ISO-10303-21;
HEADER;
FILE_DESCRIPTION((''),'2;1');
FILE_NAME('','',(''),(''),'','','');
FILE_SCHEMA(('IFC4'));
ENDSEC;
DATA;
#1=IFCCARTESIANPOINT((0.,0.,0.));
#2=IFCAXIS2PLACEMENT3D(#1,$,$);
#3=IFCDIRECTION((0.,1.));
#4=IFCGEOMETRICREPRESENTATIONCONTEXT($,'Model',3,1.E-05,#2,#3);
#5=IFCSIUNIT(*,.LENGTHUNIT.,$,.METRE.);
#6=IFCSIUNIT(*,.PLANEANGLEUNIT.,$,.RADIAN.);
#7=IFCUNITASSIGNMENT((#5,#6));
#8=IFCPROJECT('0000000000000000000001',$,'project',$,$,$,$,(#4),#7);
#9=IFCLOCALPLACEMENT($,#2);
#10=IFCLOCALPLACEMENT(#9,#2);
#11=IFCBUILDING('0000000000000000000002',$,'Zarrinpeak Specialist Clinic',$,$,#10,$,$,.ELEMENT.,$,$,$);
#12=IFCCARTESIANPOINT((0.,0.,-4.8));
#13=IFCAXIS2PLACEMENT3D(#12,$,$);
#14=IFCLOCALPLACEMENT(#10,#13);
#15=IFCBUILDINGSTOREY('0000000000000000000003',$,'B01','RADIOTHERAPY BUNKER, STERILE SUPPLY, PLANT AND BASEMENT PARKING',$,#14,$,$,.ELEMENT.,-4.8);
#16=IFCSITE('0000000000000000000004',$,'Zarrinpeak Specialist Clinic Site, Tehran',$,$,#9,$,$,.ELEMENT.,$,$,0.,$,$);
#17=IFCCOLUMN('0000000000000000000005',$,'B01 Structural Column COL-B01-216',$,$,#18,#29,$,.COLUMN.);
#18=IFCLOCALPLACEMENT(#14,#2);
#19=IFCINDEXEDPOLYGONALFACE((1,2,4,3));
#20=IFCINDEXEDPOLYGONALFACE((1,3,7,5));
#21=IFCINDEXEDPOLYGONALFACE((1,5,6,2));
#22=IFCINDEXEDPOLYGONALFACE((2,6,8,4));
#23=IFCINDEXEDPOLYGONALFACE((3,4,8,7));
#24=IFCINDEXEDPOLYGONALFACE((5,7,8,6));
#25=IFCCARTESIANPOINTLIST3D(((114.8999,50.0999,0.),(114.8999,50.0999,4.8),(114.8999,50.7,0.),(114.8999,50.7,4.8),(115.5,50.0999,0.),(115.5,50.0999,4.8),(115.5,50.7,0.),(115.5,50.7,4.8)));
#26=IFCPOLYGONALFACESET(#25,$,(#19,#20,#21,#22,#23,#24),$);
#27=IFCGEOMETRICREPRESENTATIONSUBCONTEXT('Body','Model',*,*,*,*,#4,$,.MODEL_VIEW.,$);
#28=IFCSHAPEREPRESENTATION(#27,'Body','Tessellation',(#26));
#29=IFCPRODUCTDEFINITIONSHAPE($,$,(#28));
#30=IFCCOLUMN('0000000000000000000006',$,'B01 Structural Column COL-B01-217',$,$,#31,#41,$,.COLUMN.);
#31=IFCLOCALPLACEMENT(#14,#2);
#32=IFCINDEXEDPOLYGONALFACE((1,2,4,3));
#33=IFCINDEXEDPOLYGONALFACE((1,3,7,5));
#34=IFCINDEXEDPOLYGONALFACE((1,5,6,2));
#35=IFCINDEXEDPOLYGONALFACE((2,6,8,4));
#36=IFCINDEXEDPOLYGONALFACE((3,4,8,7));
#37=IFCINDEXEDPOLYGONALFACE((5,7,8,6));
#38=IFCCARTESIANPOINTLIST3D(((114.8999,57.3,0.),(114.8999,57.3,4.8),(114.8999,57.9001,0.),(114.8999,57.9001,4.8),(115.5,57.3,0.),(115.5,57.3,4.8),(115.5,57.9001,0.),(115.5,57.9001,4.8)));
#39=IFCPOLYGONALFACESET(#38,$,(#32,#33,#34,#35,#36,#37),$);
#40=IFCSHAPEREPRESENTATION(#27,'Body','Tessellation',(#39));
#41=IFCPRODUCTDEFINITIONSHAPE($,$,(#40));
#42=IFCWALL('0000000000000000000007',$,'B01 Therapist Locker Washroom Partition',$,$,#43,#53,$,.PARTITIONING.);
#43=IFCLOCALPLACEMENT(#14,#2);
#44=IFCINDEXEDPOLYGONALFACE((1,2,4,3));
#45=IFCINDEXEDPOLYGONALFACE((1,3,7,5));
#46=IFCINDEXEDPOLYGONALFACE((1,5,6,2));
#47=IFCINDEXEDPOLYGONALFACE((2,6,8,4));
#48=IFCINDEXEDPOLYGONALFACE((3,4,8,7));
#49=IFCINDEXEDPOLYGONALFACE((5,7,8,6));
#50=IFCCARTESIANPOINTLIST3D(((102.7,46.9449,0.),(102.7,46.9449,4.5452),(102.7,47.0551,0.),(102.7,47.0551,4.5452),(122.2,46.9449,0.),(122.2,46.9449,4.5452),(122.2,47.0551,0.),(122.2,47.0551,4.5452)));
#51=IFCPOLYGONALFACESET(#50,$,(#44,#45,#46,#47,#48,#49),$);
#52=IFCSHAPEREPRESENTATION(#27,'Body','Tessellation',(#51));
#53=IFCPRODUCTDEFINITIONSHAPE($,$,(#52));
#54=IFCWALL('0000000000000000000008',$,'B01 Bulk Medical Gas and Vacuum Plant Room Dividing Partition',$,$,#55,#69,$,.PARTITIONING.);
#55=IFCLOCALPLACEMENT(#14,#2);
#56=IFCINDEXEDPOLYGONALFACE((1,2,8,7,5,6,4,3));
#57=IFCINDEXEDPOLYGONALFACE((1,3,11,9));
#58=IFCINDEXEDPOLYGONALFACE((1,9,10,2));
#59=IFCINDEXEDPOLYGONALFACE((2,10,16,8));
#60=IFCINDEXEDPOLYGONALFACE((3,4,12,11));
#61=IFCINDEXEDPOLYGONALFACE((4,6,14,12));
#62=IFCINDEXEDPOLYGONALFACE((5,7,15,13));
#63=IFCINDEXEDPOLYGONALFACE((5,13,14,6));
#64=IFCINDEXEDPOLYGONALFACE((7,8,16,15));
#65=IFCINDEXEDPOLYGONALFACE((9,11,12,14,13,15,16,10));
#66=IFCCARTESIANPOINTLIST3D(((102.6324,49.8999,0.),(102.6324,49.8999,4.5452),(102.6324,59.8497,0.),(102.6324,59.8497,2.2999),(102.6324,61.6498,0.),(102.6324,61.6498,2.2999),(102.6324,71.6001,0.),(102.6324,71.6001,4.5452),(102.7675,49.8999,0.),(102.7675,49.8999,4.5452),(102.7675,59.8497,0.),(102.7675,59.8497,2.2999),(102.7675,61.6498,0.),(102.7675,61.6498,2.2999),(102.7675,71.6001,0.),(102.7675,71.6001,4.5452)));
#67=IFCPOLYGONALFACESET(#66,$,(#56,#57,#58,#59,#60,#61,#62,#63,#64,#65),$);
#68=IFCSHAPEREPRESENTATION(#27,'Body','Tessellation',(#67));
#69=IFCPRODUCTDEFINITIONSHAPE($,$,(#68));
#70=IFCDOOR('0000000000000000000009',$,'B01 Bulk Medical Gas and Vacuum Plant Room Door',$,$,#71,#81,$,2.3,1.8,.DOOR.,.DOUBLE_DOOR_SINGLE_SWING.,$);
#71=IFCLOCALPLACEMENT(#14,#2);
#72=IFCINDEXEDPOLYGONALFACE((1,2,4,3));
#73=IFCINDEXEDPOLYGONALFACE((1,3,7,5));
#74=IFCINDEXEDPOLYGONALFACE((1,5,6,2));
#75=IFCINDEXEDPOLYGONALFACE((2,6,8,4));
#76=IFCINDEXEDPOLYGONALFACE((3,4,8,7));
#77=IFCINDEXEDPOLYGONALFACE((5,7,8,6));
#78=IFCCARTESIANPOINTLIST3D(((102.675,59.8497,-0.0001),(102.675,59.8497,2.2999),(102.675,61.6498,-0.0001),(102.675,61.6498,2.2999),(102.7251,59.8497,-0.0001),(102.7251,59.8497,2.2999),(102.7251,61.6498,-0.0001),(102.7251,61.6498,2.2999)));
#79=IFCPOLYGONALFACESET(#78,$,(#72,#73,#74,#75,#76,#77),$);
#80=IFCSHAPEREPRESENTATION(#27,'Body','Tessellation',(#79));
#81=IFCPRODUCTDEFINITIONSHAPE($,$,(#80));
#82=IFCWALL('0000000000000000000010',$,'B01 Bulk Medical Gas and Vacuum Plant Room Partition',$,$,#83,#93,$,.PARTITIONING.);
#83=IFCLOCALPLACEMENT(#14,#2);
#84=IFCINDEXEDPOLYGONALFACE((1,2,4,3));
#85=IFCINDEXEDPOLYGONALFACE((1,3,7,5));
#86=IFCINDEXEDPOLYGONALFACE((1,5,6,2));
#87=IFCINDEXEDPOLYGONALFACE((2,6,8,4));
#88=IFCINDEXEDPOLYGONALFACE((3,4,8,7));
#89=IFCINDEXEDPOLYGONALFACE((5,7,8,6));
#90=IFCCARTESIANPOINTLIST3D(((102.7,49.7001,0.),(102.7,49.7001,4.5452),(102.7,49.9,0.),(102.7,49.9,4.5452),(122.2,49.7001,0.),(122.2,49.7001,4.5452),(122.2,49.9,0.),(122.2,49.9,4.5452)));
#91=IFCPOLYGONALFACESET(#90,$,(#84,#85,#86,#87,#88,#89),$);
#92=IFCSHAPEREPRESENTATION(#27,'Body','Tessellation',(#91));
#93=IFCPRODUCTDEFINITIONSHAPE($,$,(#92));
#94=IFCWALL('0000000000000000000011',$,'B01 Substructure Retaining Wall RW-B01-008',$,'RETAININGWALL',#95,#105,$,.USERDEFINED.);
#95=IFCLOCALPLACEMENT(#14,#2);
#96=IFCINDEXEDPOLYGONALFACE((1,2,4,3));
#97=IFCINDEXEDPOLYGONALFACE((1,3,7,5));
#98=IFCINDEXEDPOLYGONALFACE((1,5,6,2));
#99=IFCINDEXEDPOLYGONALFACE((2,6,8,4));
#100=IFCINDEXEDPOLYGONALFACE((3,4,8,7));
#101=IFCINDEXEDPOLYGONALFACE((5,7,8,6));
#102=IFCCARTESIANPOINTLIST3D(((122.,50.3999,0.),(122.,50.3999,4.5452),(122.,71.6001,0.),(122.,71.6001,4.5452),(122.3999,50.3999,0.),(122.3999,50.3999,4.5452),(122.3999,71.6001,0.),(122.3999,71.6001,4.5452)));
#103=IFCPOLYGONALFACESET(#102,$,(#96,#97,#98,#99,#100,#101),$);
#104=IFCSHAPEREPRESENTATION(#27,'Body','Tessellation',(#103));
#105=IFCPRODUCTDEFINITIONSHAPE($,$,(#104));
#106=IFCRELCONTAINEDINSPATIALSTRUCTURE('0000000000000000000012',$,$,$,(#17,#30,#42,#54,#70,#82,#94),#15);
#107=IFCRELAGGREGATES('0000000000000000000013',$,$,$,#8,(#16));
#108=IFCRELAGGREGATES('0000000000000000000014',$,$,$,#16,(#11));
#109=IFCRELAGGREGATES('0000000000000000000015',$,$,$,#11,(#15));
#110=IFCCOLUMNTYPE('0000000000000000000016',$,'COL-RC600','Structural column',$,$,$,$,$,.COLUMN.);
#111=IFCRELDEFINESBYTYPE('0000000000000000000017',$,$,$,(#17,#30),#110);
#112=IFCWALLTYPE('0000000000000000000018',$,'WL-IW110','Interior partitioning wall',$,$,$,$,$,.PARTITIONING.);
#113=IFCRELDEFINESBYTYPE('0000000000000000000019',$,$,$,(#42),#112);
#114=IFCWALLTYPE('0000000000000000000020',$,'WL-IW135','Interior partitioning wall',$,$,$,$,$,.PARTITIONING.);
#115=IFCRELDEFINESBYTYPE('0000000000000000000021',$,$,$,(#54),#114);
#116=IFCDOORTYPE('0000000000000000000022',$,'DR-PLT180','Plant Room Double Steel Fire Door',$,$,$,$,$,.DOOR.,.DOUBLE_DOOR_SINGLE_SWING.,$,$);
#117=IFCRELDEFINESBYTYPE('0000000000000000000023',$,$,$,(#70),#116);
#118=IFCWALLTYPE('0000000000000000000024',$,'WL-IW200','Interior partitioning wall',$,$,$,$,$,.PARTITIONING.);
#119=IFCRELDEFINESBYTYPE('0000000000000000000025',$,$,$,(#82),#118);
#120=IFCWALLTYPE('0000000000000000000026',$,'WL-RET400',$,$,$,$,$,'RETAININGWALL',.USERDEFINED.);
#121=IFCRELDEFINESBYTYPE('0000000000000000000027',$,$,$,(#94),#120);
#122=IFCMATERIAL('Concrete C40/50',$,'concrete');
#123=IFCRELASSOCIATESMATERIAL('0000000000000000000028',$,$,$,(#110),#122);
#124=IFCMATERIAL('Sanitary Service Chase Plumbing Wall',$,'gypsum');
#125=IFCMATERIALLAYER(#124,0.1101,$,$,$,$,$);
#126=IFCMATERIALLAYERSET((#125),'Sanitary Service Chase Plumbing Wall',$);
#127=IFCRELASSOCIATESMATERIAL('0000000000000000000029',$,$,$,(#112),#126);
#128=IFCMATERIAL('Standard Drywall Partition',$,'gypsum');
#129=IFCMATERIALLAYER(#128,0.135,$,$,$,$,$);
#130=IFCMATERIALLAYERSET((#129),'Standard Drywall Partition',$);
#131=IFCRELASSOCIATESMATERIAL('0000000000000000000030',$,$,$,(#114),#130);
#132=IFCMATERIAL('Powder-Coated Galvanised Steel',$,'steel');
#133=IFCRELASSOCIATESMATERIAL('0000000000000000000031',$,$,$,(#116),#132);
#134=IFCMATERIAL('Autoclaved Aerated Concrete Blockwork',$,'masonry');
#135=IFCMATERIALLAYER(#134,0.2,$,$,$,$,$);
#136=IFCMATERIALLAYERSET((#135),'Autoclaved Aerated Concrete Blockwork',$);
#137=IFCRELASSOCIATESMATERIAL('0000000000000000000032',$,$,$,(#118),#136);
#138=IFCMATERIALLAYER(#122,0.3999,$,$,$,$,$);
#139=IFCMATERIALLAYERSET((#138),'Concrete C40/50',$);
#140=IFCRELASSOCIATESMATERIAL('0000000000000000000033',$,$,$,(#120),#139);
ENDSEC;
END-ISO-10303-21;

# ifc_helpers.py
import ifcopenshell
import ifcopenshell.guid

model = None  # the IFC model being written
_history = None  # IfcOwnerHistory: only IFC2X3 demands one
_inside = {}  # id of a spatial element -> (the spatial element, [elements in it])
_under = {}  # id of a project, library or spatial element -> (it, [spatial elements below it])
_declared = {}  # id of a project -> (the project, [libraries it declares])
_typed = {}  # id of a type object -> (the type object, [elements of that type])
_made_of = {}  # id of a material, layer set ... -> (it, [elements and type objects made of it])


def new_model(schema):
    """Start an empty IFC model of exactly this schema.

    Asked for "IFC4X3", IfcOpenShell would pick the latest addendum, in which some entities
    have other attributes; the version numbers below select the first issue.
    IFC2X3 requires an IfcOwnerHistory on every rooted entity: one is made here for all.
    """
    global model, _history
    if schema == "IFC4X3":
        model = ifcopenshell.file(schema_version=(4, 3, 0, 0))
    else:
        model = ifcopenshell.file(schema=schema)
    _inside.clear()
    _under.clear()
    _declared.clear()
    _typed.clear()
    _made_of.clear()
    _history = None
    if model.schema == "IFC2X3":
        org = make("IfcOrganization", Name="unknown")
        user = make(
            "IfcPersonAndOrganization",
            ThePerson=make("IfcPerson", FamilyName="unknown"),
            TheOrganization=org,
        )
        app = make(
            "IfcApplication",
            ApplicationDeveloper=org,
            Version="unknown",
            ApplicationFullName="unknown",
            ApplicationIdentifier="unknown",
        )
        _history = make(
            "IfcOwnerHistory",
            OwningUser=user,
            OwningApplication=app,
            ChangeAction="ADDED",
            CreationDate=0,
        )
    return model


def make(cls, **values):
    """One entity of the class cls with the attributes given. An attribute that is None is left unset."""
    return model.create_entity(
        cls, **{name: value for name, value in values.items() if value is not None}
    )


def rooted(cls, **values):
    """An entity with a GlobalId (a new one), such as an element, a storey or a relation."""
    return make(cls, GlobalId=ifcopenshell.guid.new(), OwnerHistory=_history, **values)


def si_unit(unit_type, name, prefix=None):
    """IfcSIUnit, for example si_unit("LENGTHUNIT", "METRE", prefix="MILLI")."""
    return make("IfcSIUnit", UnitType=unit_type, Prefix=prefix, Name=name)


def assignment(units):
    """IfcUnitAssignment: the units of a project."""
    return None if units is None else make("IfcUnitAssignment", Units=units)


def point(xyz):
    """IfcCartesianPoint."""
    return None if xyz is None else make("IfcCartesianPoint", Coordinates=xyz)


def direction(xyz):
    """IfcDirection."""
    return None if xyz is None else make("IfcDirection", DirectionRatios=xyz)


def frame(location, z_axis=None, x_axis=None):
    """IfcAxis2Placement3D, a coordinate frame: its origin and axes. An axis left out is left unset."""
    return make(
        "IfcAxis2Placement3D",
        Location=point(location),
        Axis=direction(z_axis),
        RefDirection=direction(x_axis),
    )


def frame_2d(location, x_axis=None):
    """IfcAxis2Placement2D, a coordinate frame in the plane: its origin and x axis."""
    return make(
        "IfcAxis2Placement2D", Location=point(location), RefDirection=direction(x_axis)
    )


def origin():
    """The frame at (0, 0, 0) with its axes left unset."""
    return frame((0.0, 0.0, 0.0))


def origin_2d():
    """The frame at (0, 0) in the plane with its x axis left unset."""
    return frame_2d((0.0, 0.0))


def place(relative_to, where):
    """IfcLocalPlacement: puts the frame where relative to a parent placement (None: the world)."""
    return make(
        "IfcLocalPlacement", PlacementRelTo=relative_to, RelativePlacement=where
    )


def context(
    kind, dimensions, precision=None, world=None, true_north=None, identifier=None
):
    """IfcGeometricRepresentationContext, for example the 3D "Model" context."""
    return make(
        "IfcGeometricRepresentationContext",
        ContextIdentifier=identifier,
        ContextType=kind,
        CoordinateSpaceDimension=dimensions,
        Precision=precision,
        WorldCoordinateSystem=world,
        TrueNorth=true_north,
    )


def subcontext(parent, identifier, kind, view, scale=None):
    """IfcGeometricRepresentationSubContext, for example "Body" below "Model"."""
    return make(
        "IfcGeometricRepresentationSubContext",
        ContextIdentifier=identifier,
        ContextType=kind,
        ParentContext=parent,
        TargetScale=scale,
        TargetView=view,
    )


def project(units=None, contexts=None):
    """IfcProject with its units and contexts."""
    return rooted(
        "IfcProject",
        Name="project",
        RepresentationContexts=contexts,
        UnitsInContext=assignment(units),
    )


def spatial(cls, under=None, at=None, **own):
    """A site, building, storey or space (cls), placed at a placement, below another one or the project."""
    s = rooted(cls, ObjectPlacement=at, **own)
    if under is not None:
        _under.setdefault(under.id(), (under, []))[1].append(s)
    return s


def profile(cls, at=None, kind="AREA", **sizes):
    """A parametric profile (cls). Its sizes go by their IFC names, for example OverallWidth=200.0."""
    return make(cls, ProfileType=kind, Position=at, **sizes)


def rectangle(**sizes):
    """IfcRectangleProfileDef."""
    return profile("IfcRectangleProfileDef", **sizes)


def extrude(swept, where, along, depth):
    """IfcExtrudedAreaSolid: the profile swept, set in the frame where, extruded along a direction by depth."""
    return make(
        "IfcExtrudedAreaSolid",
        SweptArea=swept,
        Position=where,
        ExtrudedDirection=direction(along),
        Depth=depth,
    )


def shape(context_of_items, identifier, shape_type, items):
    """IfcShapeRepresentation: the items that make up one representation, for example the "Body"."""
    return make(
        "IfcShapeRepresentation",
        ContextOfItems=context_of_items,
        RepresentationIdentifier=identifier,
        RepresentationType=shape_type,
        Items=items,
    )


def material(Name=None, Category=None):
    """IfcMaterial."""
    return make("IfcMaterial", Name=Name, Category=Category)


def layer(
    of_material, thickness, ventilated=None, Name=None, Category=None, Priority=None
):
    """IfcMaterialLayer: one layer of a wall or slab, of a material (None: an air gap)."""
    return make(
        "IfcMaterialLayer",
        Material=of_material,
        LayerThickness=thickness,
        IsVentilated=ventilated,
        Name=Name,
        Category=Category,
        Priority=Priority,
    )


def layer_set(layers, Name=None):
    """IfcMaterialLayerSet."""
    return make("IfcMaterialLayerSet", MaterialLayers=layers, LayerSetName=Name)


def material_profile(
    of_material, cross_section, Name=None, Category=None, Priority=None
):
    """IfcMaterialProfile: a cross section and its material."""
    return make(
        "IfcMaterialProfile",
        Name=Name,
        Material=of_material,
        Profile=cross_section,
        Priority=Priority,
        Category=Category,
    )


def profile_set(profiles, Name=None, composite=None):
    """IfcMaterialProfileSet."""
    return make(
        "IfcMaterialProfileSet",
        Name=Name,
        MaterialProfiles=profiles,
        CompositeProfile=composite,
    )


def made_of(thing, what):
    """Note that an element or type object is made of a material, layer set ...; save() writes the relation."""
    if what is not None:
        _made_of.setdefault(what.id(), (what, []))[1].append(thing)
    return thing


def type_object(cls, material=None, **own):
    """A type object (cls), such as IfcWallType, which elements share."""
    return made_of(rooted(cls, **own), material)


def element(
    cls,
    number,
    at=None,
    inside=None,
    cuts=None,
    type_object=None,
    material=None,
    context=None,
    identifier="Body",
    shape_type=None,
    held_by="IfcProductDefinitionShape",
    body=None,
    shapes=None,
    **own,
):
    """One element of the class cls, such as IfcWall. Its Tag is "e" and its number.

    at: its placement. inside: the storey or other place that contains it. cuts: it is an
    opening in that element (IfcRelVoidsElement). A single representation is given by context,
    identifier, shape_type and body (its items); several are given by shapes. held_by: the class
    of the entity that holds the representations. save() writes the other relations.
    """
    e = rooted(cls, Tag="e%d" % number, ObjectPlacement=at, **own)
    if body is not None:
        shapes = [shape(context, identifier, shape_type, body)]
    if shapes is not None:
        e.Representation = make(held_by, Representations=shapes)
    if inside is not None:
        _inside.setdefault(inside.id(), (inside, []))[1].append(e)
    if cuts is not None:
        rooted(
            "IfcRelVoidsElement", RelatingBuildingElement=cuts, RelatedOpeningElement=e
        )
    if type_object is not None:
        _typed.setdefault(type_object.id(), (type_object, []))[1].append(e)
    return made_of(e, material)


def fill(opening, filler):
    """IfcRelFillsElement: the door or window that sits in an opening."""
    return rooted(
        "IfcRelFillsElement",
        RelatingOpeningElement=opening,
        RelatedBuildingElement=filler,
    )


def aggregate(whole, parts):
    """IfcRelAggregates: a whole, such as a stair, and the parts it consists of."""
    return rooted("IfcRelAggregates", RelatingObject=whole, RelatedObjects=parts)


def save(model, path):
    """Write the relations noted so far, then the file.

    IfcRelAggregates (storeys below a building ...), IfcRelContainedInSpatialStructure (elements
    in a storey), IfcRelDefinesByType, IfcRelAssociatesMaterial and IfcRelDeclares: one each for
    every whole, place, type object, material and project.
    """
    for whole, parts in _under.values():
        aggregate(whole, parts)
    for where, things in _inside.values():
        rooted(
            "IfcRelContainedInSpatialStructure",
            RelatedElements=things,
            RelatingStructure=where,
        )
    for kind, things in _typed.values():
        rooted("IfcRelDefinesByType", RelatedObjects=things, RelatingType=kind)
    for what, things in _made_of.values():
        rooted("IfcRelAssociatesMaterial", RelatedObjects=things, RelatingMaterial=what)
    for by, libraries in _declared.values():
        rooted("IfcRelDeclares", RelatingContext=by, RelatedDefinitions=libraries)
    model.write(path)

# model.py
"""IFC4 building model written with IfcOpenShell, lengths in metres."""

from ifc_helpers import new_model, si_unit, direction, frame, frame_2d, origin, origin_2d, place, context, subcontext, project, spatial, rectangle, extrude, material, layer, layer_set, material_profile, profile_set, type_object, element, fill, save


model = new_model("IFC4")

# Units and contexts
model_context = context("Model", 3, precision=1e-05, world=origin(), true_north=direction((0.0, 1.0)))
body_context = subcontext(model_context, "Body", "Model", "MODEL_VIEW")
ifc_project = project(units=[si_unit("LENGTHUNIT", "METRE"), si_unit("PLANEANGLEUNIT", "RADIAN")], contexts=[model_context])

# Site, building, storey
site_placement = place(None, origin())
site = spatial("IfcSite", under=ifc_project, at=site_placement, Name="Zarrinpeak Specialist Clinic Site, Tehran", CompositionType="ELEMENT", RefElevation=0.0)
building_placement = place(site_placement, origin())
building = spatial("IfcBuilding", under=site, at=building_placement, Name="Zarrinpeak Specialist Clinic", CompositionType="ELEMENT")
storey_placement = place(building_placement, frame((0.0, 0.0, -4.8)))
storey = spatial("IfcBuildingStorey", under=building, at=storey_placement, Name="B01", Description="RADIOTHERAPY BUNKER, STERILE SUPPLY, PLANT AND BASEMENT PARKING", CompositionType="ELEMENT", Elevation=-4.8)

# Shared definitions
ifc_material_1 = material(Name="Concrete C40/50", Category="concrete")

# Columns
ifc_material_profile_1 = material_profile(ifc_material_1, rectangle(XDim=0.6001, YDim=0.6001, at=origin_2d()), Name="RC 600x600")
ifc_profile_set_1 = profile_set([ifc_material_profile_1], Name="Concrete C40/50")
column_type = type_object("IfcColumnType", Name="COL-RC600", Description="Structural column", PredefinedType="COLUMN", material=ifc_profile_set_1)
for number, where, z_axis, x_axis, name in (
    (1, (115.2, 50.3999, 0.0), (0.0, 0.0, 1.0), (1.0, 0.0, 0.0), "B01 Structural Column COL-B01-216"),
    (2, (115.2, 57.6001, 0.0), (0.0, 0.0, 1.0), (1.0, 0.0, 0.0), "B01 Structural Column COL-B01-217"),
):
    element("IfcColumn", number, at=place(storey_placement, frame(where, z_axis=z_axis, x_axis=x_axis)), inside=storey, type_object=column_type, Name=name, PredefinedType="COLUMN", context=body_context, shape_type="SweptSolid", body=[
        extrude(rectangle(XDim=0.6001, YDim=0.6001, at=origin_2d()), origin(), (0.0, 0.0, 1.0), 4.8),
    ])

# Wall
ifc_material_2 = material(Name="Sanitary Service Chase Plumbing Wall", Category="gypsum")
ifc_layer_1 = layer(ifc_material_2, 0.1101)
ifc_layer_set_1 = layer_set([ifc_layer_1], Name="Sanitary Service Chase Plumbing Wall")
wall_type_1 = type_object("IfcWallType", Name="WL-IW110", Description="Interior partitioning wall", PredefinedType="PARTITIONING", material=ifc_layer_set_1)
wall_1_placement = place(storey_placement, frame((102.7, 47.0, 0.0), z_axis=(0.0, 0.0, 1.0), x_axis=(1.0, 0.0, 0.0)))
element("IfcWall", 3, at=wall_1_placement, inside=storey, type_object=wall_type_1, Name="B01 Therapist Locker Washroom Partition", PredefinedType="PARTITIONING", context=body_context, shape_type="SweptSolid", body=[
    extrude(rectangle(XDim=19.5, YDim=0.1101, at=frame_2d((9.75, 0.0))), origin(), (0.0, 0.0, 1.0), 4.5452),
])

# Wall, opening, door
ifc_material_3 = material(Name="Standard Drywall Partition", Category="gypsum")
ifc_layer_2 = layer(ifc_material_3, 0.135)
ifc_layer_set_2 = layer_set([ifc_layer_2], Name="Standard Drywall Partition")
wall_type_2 = type_object("IfcWallType", Name="WL-IW135", Description="Interior partitioning wall", PredefinedType="PARTITIONING", material=ifc_layer_set_2)
wall_2_placement = place(storey_placement, frame((102.7, 49.8999, 0.0), z_axis=(0.0, 0.0, 1.0), x_axis=(0.0, 1.0, 0.0)))
wall_2 = element("IfcWall", 4, at=wall_2_placement, inside=storey, type_object=wall_type_2, Name="B01 Bulk Medical Gas and Vacuum Plant Room Dividing Partition", PredefinedType="PARTITIONING", context=body_context, shape_type="SweptSolid", body=[
    extrude(rectangle(XDim=21.7002, YDim=0.135, at=frame_2d((10.8501, 0.0))), origin(), (0.0, 0.0, 1.0), 4.5452),
])
opening_placement = place(wall_2_placement, frame((9.95, 0.0, 0.0)))
opening = element("IfcOpeningElement", 5, at=opening_placement, cuts=wall_2, PredefinedType="OPENING", context=body_context, shape_type="SweptSolid", body=[
    extrude(rectangle(XDim=1.8, YDim=2.3, at=frame_2d((0.8999, 1.1499))), frame((0.0, 0.0776, 0.0), z_axis=(0.0, -1.0, 0.0), x_axis=(1.0, 0.0, 0.0)), (0.0, 0.0, 1.0), 0.155),
])
ifc_material_4 = material(Name="Powder-Coated Galvanised Steel", Category="steel")
door_type = type_object("IfcDoorType", Name="DR-PLT180", Description="Plant Room Double Steel Fire Door", OperationType="DOUBLE_DOOR_SINGLE_SWING", PredefinedType="DOOR", material=ifc_material_4)
door_placement = place(opening_placement, origin())
door = element("IfcDoor", 6, at=door_placement, inside=storey, type_object=door_type, Name="B01 Bulk Medical Gas and Vacuum Plant Room Door", OperationType="DOUBLE_DOOR_SINGLE_SWING", OverallHeight=2.3, OverallWidth=1.8, PredefinedType="DOOR", context=body_context, shape_type="SweptSolid", body=[
    extrude(rectangle(XDim=1.8, YDim=2.3, at=frame_2d((0.8999, 1.1499))), frame((0.0, 0.0249, 0.0), z_axis=(0.0, -1.0, 0.0), x_axis=(1.0, 0.0, 0.0)), (0.0, 0.0, 1.0), 0.05),
])
fill(opening, door)

# Walls
ifc_material_5 = material(Name="Autoclaved Aerated Concrete Blockwork", Category="masonry")
ifc_layer_3 = layer(ifc_material_5, 0.2)
ifc_layer_set_3 = layer_set([ifc_layer_3], Name="Autoclaved Aerated Concrete Blockwork")
wall_type_3 = type_object("IfcWallType", Name="WL-IW200", Description="Interior partitioning wall", PredefinedType="PARTITIONING", material=ifc_layer_set_3)
wall_3_placement = place(storey_placement, frame((102.7, 49.8, 0.0), z_axis=(0.0, 0.0, 1.0), x_axis=(1.0, 0.0, 0.0)))
element("IfcWall", 7, at=wall_3_placement, inside=storey, type_object=wall_type_3, Name="B01 Bulk Medical Gas and Vacuum Plant Room Partition", PredefinedType="PARTITIONING", context=body_context, shape_type="SweptSolid", body=[
    extrude(rectangle(XDim=19.5, YDim=0.2, at=frame_2d((9.75, 0.0))), origin(), (0.0, 0.0, 1.0), 4.5452),
])
ifc_layer_4 = layer(ifc_material_1, 0.3999)
ifc_layer_set_4 = layer_set([ifc_layer_4], Name="Concrete C40/50")
wall_type_4 = type_object("IfcWallType", Name="WL-RET400", ElementType="RETAININGWALL", PredefinedType="USERDEFINED", material=ifc_layer_set_4)
wall_4_placement = place(storey_placement, frame((122.2, 50.3999, 0.0), z_axis=(0.0, 0.0, 1.0), x_axis=(0.0, 1.0, 0.0)))
element("IfcWall", 8, at=wall_4_placement, inside=storey, type_object=wall_type_4, Name="B01 Substructure Retaining Wall RW-B01-008", ObjectType="RETAININGWALL", PredefinedType="USERDEFINED", context=body_context, shape_type="SweptSolid", body=[
    extrude(rectangle(XDim=21.2002, YDim=0.3999, at=frame_2d((10.6001, 0.0))), origin(), (0.0, 0.0, 1.0), 4.5452),
])

save(model, "model.ifc")
